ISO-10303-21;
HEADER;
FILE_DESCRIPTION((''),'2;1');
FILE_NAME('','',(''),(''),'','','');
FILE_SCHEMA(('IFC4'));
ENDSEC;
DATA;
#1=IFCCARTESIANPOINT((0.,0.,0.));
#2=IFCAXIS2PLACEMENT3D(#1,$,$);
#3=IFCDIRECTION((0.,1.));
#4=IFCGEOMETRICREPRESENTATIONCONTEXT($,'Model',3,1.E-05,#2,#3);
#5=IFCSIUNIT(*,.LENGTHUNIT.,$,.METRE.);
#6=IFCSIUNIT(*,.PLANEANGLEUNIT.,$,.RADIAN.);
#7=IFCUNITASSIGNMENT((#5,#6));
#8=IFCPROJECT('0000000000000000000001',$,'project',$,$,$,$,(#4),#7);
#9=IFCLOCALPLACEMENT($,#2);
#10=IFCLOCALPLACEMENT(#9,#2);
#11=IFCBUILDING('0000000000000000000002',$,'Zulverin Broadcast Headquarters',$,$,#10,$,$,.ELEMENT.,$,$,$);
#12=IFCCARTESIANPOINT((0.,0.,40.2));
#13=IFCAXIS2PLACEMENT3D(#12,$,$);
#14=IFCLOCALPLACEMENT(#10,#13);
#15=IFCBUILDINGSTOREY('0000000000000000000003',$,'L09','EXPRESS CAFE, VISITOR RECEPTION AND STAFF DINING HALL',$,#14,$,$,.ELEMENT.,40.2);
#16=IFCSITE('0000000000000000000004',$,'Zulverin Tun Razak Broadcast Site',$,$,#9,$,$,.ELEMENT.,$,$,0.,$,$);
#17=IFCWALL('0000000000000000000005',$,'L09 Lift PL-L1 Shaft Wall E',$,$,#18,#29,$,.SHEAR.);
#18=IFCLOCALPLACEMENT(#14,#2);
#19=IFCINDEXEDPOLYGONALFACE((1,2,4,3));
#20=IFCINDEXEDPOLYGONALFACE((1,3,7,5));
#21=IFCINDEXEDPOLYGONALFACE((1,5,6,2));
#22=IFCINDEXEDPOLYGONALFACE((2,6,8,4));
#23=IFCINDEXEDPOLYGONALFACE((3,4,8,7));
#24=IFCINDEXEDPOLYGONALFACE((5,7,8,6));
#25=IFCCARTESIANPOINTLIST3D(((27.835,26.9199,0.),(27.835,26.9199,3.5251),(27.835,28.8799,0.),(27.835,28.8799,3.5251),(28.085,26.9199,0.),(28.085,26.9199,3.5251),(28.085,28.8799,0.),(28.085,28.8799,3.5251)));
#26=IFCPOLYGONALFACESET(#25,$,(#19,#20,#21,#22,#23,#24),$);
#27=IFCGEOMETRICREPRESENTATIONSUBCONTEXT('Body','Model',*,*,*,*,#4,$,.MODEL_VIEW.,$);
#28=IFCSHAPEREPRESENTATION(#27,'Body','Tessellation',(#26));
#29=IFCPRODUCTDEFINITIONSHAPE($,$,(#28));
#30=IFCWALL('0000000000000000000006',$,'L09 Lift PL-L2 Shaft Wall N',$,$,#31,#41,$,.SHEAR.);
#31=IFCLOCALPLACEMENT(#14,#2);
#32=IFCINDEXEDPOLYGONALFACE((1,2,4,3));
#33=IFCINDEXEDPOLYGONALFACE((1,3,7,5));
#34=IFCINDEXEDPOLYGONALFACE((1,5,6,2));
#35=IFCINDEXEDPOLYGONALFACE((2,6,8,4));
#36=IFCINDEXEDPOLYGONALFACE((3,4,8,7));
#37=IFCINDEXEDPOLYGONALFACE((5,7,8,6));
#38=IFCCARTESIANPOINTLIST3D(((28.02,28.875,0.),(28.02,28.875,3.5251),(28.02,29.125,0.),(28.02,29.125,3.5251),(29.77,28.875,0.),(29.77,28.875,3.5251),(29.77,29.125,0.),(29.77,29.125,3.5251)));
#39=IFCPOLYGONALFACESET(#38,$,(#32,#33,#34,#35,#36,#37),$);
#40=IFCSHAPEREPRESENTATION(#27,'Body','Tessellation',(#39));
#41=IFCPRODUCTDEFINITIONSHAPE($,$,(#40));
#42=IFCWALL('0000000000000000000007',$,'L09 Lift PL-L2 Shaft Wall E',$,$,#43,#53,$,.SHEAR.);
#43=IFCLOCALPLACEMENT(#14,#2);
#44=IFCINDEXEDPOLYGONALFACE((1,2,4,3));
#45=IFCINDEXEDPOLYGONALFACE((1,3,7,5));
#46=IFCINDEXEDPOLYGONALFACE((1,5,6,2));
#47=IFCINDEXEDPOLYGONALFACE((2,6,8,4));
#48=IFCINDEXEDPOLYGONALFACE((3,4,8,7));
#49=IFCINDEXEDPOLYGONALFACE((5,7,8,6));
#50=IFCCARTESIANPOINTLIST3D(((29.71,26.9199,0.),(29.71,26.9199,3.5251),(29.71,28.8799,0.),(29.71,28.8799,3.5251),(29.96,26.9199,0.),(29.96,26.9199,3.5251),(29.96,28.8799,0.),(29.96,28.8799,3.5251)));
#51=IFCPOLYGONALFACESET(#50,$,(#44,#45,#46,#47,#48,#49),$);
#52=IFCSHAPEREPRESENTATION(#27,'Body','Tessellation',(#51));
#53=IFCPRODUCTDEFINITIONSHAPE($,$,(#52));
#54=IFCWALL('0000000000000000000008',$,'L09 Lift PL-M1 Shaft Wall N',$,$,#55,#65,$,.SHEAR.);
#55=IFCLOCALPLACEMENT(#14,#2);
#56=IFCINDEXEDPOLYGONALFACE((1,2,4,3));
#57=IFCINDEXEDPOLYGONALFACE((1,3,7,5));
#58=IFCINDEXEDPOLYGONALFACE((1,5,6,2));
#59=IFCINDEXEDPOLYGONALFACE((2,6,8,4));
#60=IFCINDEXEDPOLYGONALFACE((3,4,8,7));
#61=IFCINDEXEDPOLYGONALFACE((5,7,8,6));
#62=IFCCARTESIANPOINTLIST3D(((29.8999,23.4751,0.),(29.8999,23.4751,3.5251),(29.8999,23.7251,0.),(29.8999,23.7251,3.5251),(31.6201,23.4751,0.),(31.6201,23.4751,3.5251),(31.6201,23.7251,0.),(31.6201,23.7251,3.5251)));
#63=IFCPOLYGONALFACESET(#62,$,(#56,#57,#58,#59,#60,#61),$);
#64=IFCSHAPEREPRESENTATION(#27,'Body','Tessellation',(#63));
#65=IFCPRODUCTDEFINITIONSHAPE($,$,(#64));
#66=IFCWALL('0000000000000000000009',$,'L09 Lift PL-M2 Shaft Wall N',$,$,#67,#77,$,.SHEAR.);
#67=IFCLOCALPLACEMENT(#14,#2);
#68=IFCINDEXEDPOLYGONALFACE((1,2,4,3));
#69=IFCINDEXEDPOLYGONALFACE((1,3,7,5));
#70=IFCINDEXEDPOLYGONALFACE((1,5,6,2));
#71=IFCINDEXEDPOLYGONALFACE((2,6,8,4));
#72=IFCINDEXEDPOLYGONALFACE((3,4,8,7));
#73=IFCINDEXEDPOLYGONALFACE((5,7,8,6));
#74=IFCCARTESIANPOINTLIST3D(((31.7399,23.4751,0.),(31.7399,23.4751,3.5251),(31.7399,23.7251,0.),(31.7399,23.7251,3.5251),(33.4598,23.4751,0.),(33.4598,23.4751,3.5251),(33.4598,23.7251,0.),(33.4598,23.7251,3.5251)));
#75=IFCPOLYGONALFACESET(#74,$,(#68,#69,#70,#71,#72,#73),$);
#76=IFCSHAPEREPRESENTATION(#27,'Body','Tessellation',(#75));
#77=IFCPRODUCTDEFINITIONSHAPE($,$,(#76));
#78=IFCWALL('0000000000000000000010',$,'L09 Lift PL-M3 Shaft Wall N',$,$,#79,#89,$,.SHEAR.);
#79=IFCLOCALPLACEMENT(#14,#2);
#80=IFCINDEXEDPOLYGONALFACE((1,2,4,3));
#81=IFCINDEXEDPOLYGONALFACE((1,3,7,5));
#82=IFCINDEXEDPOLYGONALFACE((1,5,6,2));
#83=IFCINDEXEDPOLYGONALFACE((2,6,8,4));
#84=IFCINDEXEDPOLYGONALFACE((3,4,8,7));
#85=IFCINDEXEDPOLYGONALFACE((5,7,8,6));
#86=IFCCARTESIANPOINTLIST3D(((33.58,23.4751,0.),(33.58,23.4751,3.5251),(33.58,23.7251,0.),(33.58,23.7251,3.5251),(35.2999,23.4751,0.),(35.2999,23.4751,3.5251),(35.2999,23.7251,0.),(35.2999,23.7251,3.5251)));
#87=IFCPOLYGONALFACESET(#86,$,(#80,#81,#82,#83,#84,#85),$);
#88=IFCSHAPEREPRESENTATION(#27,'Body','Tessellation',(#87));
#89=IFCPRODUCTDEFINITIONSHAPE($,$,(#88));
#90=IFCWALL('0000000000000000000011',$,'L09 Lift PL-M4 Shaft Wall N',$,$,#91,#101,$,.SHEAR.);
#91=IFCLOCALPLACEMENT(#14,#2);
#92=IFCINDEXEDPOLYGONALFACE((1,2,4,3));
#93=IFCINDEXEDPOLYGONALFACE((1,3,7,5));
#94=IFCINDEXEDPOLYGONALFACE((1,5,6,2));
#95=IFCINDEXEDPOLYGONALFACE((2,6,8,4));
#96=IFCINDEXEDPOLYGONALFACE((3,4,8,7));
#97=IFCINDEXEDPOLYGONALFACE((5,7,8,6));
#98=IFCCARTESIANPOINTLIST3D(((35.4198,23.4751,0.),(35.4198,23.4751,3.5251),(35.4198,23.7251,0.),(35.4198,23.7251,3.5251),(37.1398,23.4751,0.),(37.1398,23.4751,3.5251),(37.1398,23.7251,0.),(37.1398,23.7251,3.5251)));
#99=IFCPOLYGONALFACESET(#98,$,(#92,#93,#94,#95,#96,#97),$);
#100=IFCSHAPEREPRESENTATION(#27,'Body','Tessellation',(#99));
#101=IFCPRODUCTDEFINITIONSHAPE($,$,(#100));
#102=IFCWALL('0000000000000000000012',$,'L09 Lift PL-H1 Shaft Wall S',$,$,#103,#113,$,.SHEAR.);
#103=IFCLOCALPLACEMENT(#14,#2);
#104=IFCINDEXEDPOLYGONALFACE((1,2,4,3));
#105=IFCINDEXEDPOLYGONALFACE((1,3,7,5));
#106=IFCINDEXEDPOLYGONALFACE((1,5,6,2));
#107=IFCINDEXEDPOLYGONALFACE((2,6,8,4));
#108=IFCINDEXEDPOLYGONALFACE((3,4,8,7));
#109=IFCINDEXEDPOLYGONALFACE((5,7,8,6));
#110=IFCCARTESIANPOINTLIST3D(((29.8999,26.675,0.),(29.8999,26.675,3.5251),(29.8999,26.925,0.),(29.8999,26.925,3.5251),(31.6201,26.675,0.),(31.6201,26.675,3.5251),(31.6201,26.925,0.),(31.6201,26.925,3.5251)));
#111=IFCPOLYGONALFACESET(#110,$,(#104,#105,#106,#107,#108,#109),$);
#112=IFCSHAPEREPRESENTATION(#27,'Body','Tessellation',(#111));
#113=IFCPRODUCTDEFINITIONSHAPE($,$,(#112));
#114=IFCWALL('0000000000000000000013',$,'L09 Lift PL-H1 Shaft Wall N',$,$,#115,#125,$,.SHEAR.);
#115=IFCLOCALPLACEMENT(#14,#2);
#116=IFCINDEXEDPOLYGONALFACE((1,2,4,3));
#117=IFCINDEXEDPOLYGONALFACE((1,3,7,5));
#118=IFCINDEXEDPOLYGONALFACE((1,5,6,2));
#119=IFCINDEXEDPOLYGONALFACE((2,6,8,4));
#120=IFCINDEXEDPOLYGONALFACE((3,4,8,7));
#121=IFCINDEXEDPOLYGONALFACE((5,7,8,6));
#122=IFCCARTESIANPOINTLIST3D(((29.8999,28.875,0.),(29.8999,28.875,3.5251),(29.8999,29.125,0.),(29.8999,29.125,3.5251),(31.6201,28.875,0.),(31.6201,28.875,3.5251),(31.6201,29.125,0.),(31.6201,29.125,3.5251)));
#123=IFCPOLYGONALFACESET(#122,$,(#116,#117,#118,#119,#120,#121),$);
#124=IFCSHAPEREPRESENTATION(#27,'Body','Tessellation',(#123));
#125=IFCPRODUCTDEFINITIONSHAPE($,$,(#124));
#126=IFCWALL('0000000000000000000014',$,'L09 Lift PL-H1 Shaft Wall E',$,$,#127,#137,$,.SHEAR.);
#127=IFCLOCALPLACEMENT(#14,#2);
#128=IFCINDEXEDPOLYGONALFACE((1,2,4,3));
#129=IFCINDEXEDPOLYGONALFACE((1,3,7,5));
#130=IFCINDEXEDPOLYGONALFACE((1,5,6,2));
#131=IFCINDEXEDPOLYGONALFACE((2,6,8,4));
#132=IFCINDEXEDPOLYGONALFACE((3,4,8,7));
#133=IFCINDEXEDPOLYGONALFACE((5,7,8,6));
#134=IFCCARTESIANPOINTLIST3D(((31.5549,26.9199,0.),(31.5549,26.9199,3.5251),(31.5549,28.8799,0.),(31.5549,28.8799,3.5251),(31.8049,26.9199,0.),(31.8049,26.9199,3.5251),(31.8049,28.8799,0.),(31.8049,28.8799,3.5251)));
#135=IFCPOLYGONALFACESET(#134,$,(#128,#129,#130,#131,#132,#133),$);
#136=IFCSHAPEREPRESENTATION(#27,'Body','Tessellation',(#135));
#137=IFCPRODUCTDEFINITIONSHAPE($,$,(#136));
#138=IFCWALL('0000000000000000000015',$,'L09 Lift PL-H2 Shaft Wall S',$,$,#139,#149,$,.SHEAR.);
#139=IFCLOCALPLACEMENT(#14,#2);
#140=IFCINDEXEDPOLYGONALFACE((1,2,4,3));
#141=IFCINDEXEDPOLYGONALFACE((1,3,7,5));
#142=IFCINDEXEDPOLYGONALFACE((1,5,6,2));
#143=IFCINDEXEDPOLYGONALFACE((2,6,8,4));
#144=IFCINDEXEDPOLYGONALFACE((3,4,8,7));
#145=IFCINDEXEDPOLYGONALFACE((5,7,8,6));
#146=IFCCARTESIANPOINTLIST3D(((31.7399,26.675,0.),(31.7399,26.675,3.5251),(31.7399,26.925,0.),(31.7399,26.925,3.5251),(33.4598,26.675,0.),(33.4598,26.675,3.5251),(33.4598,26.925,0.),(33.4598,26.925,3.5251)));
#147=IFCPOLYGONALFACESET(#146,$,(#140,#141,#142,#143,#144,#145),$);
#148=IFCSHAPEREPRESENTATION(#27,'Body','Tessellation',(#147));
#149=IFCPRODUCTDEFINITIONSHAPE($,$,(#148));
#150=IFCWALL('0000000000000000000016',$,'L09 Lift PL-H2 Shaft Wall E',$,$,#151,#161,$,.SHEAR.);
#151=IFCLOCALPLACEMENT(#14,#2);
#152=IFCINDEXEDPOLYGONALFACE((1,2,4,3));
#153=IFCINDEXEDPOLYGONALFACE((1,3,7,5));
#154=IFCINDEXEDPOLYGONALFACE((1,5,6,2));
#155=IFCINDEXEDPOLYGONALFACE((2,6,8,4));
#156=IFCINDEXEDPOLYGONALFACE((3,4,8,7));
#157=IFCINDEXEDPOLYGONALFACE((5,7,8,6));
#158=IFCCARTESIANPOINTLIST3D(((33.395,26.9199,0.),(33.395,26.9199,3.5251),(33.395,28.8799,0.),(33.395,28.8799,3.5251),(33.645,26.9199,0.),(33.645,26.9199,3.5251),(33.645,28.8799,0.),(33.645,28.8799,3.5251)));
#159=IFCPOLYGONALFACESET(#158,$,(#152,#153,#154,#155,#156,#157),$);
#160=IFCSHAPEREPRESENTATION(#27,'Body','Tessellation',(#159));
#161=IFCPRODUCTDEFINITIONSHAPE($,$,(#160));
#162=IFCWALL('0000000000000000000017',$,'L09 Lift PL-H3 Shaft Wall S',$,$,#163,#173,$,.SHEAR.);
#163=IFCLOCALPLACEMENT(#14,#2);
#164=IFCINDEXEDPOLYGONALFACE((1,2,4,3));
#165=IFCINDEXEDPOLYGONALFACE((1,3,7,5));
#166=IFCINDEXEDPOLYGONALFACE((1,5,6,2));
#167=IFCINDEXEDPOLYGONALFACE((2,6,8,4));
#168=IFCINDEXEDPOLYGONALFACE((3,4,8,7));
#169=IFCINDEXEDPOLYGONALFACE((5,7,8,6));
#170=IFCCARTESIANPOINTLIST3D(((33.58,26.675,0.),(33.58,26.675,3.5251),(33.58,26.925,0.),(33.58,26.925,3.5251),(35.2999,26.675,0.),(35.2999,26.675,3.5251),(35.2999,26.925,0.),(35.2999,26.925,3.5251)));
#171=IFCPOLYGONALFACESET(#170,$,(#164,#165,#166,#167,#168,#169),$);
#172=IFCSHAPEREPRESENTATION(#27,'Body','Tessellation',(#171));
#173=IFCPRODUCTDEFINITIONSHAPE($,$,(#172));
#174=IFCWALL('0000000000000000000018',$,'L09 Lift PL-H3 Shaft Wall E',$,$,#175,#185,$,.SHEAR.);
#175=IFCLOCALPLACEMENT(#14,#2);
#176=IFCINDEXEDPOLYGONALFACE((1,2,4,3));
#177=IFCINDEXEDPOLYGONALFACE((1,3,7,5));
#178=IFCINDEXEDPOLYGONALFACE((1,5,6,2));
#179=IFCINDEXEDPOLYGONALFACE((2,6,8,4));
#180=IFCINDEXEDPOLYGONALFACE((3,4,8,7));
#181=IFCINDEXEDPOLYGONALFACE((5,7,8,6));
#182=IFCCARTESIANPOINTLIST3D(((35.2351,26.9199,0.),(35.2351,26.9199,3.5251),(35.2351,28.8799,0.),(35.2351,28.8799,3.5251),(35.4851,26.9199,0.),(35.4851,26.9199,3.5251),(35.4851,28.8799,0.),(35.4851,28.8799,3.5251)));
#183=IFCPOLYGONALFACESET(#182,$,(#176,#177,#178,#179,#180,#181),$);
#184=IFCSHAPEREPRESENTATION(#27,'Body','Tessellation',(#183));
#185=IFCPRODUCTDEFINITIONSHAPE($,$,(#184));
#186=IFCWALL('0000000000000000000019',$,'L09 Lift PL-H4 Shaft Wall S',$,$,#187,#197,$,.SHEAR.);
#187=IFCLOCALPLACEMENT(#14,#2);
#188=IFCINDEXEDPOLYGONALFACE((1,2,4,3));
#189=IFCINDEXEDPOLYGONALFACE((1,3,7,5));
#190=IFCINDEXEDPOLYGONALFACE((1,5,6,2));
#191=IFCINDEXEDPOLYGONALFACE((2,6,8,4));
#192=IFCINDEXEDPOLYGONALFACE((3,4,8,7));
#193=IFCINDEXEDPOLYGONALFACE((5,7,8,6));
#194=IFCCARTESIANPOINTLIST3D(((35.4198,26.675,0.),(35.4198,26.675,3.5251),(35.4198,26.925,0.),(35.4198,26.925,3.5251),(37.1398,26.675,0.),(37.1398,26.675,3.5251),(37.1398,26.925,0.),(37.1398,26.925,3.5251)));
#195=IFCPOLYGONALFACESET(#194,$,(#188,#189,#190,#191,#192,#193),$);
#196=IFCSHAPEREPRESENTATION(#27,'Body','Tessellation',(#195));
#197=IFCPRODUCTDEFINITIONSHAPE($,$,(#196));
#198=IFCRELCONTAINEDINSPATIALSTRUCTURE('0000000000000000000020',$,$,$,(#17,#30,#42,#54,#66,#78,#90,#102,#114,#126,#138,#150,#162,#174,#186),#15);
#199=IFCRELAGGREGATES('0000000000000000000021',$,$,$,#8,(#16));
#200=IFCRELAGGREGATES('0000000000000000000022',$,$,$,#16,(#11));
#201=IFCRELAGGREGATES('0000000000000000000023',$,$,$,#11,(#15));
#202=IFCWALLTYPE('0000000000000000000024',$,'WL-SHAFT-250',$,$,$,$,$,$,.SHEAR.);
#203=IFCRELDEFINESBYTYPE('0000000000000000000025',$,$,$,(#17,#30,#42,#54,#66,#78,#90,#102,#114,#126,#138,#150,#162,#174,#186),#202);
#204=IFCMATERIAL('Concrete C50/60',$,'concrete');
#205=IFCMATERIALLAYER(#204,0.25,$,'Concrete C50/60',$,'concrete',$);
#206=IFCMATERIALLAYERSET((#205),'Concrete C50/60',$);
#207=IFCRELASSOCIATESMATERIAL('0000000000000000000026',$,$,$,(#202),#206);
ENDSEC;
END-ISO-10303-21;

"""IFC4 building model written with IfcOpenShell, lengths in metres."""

from ifc_helpers import new_model, si_unit, direction, frame, frame_2d, origin, place, context, subcontext, project, spatial, rectangle, extrude, material, layer, layer_set, type_object, element, save


model = new_model("IFC4")

# Units and contexts
model_context = context("Model", 3, precision=1e-05, world=origin(), true_north=direction((0.0, 1.0)))
body_context = subcontext(model_context, "Body", "Model", "MODEL_VIEW")
ifc_project = project(units=[si_unit("LENGTHUNIT", "METRE"), si_unit("PLANEANGLEUNIT", "RADIAN")], contexts=[model_context])

# Site, building, storey
site_placement = place(None, origin())
site = spatial("IfcSite", under=ifc_project, at=site_placement, Name="Zulverin Tun Razak Broadcast Site", CompositionType="ELEMENT", RefElevation=0.0)
building_placement = place(site_placement, origin())
building = spatial("IfcBuilding", under=site, at=building_placement, Name="Zulverin Broadcast Headquarters", CompositionType="ELEMENT")
storey_placement = place(building_placement, frame((0.0, 0.0, 40.2)))
storey = spatial("IfcBuildingStorey", under=building, at=storey_placement, Name="L09", Description="EXPRESS CAFE, VISITOR RECEPTION AND STAFF DINING HALL", CompositionType="ELEMENT", Elevation=40.2)

# Wall
ifc_material_1 = material(Name="Concrete C50/60", Category="concrete")
ifc_layer = layer(ifc_material_1, 0.25, Name="Concrete C50/60", Category="concrete")
ifc_layer_set = layer_set([ifc_layer], Name="Concrete C50/60")
wall_type = type_object("IfcWallType", Name="WL-SHAFT-250", PredefinedType="SHEAR", material=ifc_layer_set)
wall_1_placement = place(storey_placement, frame((27.96, 26.9199, 0.0), z_axis=(0.0, 0.0, 1.0), x_axis=(0.0, 1.0, 0.0)))
element("IfcWall", 1, at=wall_1_placement, inside=storey, type_object=wall_type, Name="L09 Lift PL-L1 Shaft Wall E", PredefinedType="SHEAR", context=body_context, shape_type="SweptSolid", body=[
    extrude(rectangle(XDim=1.96, YDim=0.25, at=frame_2d((0.98, 0.0))), origin(), (0.0, 0.0, 1.0), 3.5251),
])

# Walls
wall_2_placement = place(storey_placement, frame((28.02, 29.0, 0.0), z_axis=(0.0, 0.0, 1.0), x_axis=(1.0, 0.0, 0.0)))
element("IfcWall", 2, at=wall_2_placement, inside=storey, type_object=wall_type, Name="L09 Lift PL-L2 Shaft Wall N", PredefinedType="SHEAR", context=body_context, shape_type="SweptSolid", body=[
    extrude(rectangle(XDim=1.75, YDim=0.25, at=frame_2d((0.875, 0.0))), origin(), (0.0, 0.0, 1.0), 3.5251),
])
wall_3_placement = place(storey_placement, frame((29.835, 26.9199, 0.0), z_axis=(0.0, 0.0, 1.0), x_axis=(0.0, 1.0, 0.0)))
element("IfcWall", 3, at=wall_3_placement, inside=storey, type_object=wall_type, Name="L09 Lift PL-L2 Shaft Wall E", PredefinedType="SHEAR", context=body_context, shape_type="SweptSolid", body=[
    extrude(rectangle(XDim=1.96, YDim=0.25, at=frame_2d((0.98, 0.0))), origin(), (0.0, 0.0, 1.0), 3.5251),
])

# Walls
wall_4_placement = place(storey_placement, frame((29.8999, 23.6001, 0.0), z_axis=(0.0, 0.0, 1.0), x_axis=(1.0, 0.0, 0.0)))
element("IfcWall", 4, at=wall_4_placement, inside=storey, type_object=wall_type, Name="L09 Lift PL-M1 Shaft Wall N", PredefinedType="SHEAR", context=body_context, shape_type="SweptSolid", body=[
    extrude(rectangle(XDim=1.7202, YDim=0.25, at=frame_2d((0.8601, 0.0))), origin(), (0.0, 0.0, 1.0), 3.5251),
])
for number, where, z_axis, x_axis, name in (
    (5, (31.74, 23.6001, 0.0), (0.0, 0.0, 1.0), (1.0, 0.0, 0.0), "L09 Lift PL-M2 Shaft Wall N"),
    (6, (33.5801, 23.6001, 0.0), (0.0, 0.0, 1.0), (1.0, 0.0, 0.0), "L09 Lift PL-M3 Shaft Wall N"),
    (7, (35.4199, 23.6001, 0.0), (0.0, 0.0, 1.0), (1.0, 0.0, 0.0), "L09 Lift PL-M4 Shaft Wall N"),
):
    element("IfcWall", number, at=place(storey_placement, frame(where, z_axis=z_axis, x_axis=x_axis)), inside=storey, type_object=wall_type, Name=name, PredefinedType="SHEAR", context=body_context, shape_type="SweptSolid", body=[
        extrude(rectangle(XDim=1.72, YDim=0.25, at=frame_2d((0.8599, 0.0))), origin(), (0.0, 0.0, 1.0), 3.5251),
    ])
for number, where, z_axis, x_axis, name in (
    (8, (29.8999, 26.8, 0.0), (0.0, 0.0, 1.0), (1.0, 0.0, 0.0), "L09 Lift PL-H1 Shaft Wall S"),
    (9, (29.8999, 29.0, 0.0), (0.0, 0.0, 1.0), (1.0, 0.0, 0.0), "L09 Lift PL-H1 Shaft Wall N"),
):
    element("IfcWall", number, at=place(storey_placement, frame(where, z_axis=z_axis, x_axis=x_axis)), inside=storey, type_object=wall_type, Name=name, PredefinedType="SHEAR", context=body_context, shape_type="SweptSolid", body=[
        extrude(rectangle(XDim=1.7202, YDim=0.25, at=frame_2d((0.8601, 0.0))), origin(), (0.0, 0.0, 1.0), 3.5251),
    ])
wall_5_placement = place(storey_placement, frame((31.6799, 26.9199, 0.0), z_axis=(0.0, 0.0, 1.0), x_axis=(0.0, 1.0, 0.0)))
element("IfcWall", 10, at=wall_5_placement, inside=storey, type_object=wall_type, Name="L09 Lift PL-H1 Shaft Wall E", PredefinedType="SHEAR", context=body_context, shape_type="SweptSolid", body=[
    extrude(rectangle(XDim=1.96, YDim=0.25, at=frame_2d((0.98, 0.0))), origin(), (0.0, 0.0, 1.0), 3.5251),
])
wall_6_placement = place(storey_placement, frame((31.74, 26.8, 0.0), z_axis=(0.0, 0.0, 1.0), x_axis=(1.0, 0.0, 0.0)))
element("IfcWall", 11, at=wall_6_placement, inside=storey, type_object=wall_type, Name="L09 Lift PL-H2 Shaft Wall S", PredefinedType="SHEAR", context=body_context, shape_type="SweptSolid", body=[
    extrude(rectangle(XDim=1.72, YDim=0.25, at=frame_2d((0.8599, 0.0))), origin(), (0.0, 0.0, 1.0), 3.5251),
])
wall_7_placement = place(storey_placement, frame((33.52, 26.9199, 0.0), z_axis=(0.0, 0.0, 1.0), x_axis=(0.0, 1.0, 0.0)))
element("IfcWall", 12, at=wall_7_placement, inside=storey, type_object=wall_type, Name="L09 Lift PL-H2 Shaft Wall E", PredefinedType="SHEAR", context=body_context, shape_type="SweptSolid", body=[
    extrude(rectangle(XDim=1.96, YDim=0.25, at=frame_2d((0.98, 0.0))), origin(), (0.0, 0.0, 1.0), 3.5251),
])
wall_8_placement = place(storey_placement, frame((33.5801, 26.8, 0.0), z_axis=(0.0, 0.0, 1.0), x_axis=(1.0, 0.0, 0.0)))
element("IfcWall", 13, at=wall_8_placement, inside=storey, type_object=wall_type, Name="L09 Lift PL-H3 Shaft Wall S", PredefinedType="SHEAR", context=body_context, shape_type="SweptSolid", body=[
    extrude(rectangle(XDim=1.72, YDim=0.25, at=frame_2d((0.8599, 0.0))), origin(), (0.0, 0.0, 1.0), 3.5251),
])
wall_9_placement = place(storey_placement, frame((35.3601, 26.9199, 0.0), z_axis=(0.0, 0.0, 1.0), x_axis=(0.0, 1.0, 0.0)))
element("IfcWall", 14, at=wall_9_placement, inside=storey, type_object=wall_type, Name="L09 Lift PL-H3 Shaft Wall E", PredefinedType="SHEAR", context=body_context, shape_type="SweptSolid", body=[
    extrude(rectangle(XDim=1.96, YDim=0.25, at=frame_2d((0.98, 0.0))), origin(), (0.0, 0.0, 1.0), 3.5251),
])
wall_10_placement = place(storey_placement, frame((35.4199, 26.8, 0.0), z_axis=(0.0, 0.0, 1.0), x_axis=(1.0, 0.0, 0.0)))
element("IfcWall", 15, at=wall_10_placement, inside=storey, type_object=wall_type, Name="L09 Lift PL-H4 Shaft Wall S", PredefinedType="SHEAR", context=body_context, shape_type="SweptSolid", body=[
    extrude(rectangle(XDim=1.72, YDim=0.25, at=frame_2d((0.8599, 0.0))), origin(), (0.0, 0.0, 1.0), 3.5251),
])

save(model, "model.ifc")
